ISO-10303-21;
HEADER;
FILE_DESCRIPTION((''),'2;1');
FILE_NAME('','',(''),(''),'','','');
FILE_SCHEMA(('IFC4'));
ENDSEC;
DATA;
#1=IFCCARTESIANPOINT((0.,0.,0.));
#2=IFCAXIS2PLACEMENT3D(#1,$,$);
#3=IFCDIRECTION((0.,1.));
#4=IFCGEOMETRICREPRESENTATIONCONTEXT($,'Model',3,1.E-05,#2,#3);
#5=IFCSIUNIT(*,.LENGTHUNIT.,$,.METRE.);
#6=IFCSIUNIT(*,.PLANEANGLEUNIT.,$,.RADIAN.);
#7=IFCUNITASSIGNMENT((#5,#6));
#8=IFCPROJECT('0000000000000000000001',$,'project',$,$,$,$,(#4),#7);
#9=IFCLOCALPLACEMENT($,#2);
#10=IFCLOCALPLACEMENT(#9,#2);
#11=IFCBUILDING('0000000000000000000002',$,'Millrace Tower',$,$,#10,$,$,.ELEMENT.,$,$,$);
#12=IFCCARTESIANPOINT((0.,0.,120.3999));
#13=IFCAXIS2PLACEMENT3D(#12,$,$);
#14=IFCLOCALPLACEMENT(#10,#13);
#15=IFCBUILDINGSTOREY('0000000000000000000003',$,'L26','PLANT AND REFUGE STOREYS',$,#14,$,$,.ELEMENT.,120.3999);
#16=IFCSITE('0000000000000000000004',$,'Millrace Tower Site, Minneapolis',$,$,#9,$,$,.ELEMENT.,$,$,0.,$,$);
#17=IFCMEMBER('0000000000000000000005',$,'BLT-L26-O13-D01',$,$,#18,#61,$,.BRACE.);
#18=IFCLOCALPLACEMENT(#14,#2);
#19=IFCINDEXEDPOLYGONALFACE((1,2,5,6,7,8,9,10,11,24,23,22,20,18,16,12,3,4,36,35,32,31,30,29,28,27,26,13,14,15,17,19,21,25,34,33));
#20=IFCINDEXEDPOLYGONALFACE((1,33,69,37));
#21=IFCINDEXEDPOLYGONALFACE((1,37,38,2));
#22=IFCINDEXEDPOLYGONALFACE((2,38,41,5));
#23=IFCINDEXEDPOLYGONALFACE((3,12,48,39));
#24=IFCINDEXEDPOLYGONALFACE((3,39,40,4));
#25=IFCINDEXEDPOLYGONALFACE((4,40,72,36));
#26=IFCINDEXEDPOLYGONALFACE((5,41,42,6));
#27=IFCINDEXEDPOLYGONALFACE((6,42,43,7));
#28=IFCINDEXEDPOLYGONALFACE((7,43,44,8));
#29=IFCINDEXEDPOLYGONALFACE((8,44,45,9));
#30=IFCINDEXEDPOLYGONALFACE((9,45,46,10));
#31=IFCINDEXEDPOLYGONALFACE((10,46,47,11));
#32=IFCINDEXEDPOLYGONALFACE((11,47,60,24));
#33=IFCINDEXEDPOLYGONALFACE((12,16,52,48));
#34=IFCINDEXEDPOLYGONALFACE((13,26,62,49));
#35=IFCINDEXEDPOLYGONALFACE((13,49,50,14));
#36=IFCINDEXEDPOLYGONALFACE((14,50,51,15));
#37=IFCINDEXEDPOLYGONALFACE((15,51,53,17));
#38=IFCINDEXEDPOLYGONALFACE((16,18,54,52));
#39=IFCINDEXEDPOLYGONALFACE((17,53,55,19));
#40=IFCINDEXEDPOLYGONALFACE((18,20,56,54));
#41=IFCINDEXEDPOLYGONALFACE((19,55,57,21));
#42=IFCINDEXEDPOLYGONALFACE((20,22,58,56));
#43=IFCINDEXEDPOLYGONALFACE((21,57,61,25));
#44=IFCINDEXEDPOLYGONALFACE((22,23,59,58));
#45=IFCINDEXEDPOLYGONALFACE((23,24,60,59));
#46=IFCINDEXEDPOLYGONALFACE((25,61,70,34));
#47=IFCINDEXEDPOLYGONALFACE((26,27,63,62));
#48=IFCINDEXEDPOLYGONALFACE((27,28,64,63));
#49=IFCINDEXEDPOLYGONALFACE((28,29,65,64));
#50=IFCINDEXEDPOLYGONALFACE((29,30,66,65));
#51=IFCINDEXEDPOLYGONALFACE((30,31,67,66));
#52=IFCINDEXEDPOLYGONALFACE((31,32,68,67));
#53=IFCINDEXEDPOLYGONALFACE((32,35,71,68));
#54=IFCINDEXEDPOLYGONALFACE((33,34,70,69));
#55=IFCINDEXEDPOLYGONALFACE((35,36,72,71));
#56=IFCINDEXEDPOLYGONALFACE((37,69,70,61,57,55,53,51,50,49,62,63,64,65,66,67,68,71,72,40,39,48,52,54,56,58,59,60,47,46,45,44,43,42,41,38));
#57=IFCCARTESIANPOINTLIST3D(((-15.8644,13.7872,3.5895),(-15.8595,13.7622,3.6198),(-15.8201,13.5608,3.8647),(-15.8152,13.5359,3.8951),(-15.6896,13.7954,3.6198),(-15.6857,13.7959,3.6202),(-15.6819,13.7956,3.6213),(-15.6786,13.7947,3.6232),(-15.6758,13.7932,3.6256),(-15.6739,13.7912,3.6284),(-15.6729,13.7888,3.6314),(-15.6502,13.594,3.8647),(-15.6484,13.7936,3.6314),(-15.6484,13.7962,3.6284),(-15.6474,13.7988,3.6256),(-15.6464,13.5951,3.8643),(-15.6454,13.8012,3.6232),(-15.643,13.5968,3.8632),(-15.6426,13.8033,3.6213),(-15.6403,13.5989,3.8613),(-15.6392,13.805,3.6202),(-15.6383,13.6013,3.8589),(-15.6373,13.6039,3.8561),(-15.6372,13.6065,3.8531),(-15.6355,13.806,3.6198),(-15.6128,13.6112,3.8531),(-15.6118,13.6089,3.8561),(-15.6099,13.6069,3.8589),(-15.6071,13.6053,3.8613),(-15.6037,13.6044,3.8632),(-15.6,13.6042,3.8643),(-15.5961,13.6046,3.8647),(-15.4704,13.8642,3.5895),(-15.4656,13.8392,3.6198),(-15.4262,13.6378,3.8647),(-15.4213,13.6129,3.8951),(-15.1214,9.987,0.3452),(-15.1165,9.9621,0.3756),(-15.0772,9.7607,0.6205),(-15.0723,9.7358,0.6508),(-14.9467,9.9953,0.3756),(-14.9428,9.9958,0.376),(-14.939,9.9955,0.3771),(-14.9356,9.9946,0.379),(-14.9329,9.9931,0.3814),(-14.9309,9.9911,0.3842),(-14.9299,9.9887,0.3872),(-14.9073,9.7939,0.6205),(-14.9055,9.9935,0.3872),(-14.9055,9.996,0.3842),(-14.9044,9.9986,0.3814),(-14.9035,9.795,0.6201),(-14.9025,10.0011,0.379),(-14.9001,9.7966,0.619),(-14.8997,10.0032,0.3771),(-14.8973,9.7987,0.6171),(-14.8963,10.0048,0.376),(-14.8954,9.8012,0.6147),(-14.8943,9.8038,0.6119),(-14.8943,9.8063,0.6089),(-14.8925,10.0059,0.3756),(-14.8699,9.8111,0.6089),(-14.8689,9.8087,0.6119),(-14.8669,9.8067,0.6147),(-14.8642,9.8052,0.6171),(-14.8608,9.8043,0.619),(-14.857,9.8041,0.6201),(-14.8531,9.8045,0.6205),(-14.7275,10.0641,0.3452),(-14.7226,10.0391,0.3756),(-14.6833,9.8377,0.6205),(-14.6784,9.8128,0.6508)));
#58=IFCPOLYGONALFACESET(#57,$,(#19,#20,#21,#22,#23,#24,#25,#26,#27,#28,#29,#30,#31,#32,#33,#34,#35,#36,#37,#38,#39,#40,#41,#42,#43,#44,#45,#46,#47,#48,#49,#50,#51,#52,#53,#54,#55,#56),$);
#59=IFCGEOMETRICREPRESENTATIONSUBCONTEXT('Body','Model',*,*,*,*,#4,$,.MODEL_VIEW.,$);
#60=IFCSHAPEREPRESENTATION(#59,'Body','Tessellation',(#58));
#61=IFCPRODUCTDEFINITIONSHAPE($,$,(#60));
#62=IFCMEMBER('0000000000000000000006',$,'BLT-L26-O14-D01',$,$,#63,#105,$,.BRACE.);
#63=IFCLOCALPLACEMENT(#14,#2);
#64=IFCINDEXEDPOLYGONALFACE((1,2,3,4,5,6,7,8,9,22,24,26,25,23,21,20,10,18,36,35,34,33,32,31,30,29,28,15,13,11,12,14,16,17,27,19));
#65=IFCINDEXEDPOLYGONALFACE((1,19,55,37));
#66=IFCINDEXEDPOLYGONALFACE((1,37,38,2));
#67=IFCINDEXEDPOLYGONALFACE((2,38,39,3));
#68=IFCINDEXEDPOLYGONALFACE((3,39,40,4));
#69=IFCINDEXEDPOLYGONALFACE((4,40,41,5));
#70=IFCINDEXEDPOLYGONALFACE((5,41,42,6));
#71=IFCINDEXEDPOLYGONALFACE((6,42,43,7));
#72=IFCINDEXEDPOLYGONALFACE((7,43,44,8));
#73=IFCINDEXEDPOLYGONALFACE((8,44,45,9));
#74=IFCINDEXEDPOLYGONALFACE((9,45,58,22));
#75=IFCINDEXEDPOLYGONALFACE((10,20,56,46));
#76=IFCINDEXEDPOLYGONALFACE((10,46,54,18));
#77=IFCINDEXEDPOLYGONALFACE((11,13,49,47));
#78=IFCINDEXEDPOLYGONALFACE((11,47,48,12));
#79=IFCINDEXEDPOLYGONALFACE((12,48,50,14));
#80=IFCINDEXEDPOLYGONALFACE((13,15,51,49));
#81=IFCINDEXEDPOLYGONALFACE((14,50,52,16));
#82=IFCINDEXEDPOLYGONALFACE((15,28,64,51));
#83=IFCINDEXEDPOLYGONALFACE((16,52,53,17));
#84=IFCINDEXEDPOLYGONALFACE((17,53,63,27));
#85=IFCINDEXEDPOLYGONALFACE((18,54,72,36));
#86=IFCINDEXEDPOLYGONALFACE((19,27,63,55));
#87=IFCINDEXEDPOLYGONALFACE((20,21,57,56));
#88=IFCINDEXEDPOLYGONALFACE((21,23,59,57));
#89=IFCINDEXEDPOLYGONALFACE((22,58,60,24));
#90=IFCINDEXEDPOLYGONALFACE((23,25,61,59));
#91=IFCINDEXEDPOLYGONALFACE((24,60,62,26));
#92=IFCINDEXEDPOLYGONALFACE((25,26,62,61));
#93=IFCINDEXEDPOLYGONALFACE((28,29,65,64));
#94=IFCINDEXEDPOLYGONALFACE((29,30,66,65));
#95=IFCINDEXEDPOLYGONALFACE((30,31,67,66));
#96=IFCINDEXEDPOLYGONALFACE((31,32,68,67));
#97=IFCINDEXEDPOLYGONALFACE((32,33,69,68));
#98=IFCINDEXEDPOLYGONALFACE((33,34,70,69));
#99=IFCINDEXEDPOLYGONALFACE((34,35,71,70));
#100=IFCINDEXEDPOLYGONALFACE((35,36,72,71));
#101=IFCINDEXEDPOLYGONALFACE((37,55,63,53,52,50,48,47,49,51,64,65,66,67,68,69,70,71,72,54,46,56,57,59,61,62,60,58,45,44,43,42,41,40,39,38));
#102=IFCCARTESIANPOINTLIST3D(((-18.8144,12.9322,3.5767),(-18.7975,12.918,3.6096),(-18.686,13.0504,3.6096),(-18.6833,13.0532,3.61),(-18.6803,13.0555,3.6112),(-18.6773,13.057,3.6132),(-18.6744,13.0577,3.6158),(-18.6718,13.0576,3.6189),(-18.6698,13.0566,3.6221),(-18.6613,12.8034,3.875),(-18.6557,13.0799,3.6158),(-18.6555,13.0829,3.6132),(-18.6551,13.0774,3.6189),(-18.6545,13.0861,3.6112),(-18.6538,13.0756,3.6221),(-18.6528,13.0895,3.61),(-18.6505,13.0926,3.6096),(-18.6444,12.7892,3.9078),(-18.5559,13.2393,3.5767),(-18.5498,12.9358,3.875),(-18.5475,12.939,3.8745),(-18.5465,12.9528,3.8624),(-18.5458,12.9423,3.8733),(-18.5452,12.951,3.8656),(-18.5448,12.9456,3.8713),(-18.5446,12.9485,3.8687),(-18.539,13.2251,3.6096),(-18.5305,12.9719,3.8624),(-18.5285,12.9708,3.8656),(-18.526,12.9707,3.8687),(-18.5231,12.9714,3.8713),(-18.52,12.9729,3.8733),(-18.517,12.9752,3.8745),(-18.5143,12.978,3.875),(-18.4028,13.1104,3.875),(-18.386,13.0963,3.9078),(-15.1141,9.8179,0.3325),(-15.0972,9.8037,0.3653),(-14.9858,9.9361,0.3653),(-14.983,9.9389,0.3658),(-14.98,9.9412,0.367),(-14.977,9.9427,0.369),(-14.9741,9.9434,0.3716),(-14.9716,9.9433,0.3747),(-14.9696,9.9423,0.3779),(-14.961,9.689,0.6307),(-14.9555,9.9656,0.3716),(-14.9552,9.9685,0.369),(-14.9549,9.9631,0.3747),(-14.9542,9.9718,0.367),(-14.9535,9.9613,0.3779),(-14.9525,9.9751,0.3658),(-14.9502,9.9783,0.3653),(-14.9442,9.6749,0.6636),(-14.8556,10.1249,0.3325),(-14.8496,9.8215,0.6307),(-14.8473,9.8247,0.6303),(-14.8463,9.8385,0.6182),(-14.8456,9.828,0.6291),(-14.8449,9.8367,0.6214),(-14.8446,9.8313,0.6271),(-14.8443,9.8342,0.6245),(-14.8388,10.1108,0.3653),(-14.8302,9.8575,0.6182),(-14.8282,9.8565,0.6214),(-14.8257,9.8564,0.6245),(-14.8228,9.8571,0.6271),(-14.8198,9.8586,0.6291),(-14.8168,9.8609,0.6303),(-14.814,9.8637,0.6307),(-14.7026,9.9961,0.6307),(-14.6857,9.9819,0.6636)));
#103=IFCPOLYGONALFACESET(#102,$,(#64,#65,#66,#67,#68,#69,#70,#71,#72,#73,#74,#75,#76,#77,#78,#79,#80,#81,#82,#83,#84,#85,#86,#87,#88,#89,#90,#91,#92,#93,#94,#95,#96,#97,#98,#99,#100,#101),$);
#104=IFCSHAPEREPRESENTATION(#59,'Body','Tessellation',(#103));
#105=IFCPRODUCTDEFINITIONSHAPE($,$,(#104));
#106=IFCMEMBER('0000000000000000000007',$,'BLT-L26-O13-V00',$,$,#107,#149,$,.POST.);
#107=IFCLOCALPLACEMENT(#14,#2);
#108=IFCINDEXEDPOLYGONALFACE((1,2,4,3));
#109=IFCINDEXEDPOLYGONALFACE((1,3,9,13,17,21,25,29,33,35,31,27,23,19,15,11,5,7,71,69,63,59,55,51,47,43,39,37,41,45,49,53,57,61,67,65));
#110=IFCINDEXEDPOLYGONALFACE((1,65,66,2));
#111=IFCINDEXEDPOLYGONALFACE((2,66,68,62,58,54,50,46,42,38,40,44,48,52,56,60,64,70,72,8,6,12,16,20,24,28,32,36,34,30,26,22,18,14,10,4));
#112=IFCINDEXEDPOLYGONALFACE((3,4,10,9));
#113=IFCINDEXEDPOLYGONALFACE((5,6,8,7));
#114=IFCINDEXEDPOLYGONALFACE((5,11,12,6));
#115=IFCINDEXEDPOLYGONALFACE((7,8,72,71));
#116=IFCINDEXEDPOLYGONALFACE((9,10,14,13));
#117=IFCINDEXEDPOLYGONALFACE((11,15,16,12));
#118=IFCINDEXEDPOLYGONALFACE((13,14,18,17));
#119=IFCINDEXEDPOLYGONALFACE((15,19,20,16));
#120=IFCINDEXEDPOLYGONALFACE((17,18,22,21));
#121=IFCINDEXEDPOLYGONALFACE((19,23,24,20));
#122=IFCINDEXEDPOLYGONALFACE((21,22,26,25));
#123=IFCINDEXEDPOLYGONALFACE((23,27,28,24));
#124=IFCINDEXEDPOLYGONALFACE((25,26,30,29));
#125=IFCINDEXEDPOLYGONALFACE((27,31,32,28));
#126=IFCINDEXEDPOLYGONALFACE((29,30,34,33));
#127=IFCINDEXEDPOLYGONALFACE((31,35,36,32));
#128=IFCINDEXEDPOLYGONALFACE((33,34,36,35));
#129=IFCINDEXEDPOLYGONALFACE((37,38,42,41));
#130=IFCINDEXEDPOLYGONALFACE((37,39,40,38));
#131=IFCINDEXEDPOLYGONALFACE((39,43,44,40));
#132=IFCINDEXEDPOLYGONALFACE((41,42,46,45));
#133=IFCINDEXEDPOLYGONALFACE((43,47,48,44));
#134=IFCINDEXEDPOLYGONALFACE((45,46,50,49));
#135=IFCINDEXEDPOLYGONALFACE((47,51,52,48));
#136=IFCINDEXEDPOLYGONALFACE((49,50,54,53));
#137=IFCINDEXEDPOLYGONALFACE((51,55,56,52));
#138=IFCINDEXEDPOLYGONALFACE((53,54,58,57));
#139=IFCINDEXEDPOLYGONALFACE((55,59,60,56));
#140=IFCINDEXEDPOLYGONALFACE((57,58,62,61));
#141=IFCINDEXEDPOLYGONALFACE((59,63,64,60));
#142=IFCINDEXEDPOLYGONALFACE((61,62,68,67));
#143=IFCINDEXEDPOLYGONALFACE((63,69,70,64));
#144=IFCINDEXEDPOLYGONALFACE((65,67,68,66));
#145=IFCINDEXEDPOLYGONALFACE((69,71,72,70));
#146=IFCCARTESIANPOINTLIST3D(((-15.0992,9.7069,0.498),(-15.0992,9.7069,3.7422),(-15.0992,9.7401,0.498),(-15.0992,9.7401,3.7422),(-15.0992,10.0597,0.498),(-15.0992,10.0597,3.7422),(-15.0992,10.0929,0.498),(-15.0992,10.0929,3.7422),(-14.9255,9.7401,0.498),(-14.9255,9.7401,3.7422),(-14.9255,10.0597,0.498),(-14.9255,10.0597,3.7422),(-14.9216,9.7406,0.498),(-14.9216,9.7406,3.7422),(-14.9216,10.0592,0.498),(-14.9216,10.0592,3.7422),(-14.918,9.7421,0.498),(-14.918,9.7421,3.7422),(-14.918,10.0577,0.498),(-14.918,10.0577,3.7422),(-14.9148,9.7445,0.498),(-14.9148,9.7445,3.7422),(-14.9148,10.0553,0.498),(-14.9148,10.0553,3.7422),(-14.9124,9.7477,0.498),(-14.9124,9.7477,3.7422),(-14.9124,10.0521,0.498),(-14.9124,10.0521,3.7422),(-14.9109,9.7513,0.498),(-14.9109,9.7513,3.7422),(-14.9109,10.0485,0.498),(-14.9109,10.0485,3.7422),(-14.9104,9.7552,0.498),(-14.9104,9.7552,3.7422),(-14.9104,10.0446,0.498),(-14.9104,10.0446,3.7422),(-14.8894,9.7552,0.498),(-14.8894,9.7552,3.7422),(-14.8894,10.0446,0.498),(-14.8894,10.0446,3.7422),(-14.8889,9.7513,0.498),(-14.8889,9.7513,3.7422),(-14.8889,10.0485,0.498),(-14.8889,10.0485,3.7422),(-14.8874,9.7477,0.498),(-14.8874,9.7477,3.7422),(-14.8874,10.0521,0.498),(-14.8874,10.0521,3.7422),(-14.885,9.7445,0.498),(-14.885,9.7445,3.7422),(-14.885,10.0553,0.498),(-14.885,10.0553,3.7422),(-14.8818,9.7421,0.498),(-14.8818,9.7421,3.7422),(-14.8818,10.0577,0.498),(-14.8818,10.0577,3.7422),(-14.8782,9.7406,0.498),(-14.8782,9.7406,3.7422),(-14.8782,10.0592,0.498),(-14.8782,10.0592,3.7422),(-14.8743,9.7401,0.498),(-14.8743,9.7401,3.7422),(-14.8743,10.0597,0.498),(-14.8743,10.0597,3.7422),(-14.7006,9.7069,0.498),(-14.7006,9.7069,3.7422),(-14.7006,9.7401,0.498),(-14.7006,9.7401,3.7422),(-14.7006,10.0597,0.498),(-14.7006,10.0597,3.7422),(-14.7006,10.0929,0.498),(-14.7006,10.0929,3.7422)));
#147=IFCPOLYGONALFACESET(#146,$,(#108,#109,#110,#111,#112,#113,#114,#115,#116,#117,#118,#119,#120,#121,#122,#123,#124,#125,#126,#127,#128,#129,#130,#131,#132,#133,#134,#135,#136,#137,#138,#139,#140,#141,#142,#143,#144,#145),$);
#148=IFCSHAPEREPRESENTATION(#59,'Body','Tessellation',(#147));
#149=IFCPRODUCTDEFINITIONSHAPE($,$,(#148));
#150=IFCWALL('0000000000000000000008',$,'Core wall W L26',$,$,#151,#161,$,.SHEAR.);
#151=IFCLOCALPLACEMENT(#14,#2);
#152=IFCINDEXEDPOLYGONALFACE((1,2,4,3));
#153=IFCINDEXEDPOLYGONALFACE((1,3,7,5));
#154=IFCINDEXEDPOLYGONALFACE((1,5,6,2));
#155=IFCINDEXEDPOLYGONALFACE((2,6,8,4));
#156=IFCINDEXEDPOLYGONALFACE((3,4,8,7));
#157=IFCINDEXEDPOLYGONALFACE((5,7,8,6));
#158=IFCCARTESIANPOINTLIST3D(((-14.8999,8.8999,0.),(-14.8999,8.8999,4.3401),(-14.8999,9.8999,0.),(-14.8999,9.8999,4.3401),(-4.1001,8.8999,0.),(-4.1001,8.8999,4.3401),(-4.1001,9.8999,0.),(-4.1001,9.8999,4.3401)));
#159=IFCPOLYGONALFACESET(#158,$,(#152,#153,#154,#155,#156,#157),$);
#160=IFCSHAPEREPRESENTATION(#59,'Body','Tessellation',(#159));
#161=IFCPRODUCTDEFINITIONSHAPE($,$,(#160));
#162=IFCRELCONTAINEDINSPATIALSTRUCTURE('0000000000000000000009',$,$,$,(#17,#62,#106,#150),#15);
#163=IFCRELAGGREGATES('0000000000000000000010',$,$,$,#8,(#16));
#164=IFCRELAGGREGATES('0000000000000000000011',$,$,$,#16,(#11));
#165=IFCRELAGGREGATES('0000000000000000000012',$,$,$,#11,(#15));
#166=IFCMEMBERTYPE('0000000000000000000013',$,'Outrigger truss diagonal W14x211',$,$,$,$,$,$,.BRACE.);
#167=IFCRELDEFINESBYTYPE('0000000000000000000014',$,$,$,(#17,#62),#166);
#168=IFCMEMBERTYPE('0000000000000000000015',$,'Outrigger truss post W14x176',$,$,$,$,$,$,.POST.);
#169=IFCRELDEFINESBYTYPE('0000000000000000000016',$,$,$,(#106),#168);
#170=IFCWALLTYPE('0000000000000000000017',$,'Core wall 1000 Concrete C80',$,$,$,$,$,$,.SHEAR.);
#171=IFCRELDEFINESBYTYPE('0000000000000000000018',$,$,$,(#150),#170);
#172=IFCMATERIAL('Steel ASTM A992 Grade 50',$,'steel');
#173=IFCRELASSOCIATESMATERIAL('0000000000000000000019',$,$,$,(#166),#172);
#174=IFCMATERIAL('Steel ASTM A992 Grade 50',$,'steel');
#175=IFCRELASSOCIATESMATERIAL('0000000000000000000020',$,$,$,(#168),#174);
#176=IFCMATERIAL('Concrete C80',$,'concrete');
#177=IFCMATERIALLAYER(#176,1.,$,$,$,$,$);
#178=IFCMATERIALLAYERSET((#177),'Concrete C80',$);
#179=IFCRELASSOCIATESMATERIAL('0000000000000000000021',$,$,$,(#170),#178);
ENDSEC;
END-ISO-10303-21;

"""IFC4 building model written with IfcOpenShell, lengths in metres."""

from ifc_helpers import new_model, si_unit, direction, frame, frame_2d, origin, origin_2d, place, context, subcontext, project, spatial, rectangle, i_section, extrude, material, layer, layer_set, material_profile, profile_set, type_object, element, save


model = new_model("IFC4")

# Units and contexts
model_context = context("Model", 3, precision=1e-05, world=origin(), true_north=direction((0.0, 1.0)))
body_context = subcontext(model_context, "Body", "Model", "MODEL_VIEW")
ifc_project = project(units=[si_unit("LENGTHUNIT", "METRE"), si_unit("PLANEANGLEUNIT", "RADIAN")], contexts=[model_context])

# Site, building, storey
site_placement = place(None, origin())
site = spatial("IfcSite", under=ifc_project, at=site_placement, Name="Millrace Tower Site, Minneapolis", CompositionType="ELEMENT", RefElevation=0.0)
building_placement = place(site_placement, origin())
building = spatial("IfcBuilding", under=site, at=building_placement, Name="Millrace Tower", CompositionType="ELEMENT")
storey_placement = place(building_placement, frame((0.0, 0.0, 120.3999)))
storey = spatial("IfcBuildingStorey", under=building, at=storey_placement, Name="L26", Description="PLANT AND REFUGE STOREYS", CompositionType="ELEMENT", Elevation=120.3999)

# Members
ifc_material_1 = material(Name="Steel ASTM A992 Grade 50", Category="steel")
ifc_material_profile_1 = material_profile(ifc_material_1, i_section(OverallWidth=0.4014, OverallDepth=0.3987, WebThickness=0.0249, FlangeThickness=0.0396, FilletRadius=0.0151, at=origin_2d()))
ifc_profile_set_1 = profile_set([ifc_material_profile_1], Name="Steel ASTM A992 Grade 50")
member_type_1 = type_object("IfcMemberType", Name="Outrigger truss diagonal W14x211", PredefinedType="BRACE", material=ifc_profile_set_1)
member_1_placement = place(storey_placement, frame((-14.8999, 9.8999, 0.498), z_axis=(-0.147072, 0.752275, 0.642225), x_axis=(-0.98142, -0.19187, 0.0)))
element("IfcMember", 1, at=member_1_placement, inside=storey, type_object=member_type_1, Name="BLT-L26-O13-D01", PredefinedType="BRACE", context=body_context, shape_type="SweptSolid", body=[
    extrude(i_section(OverallWidth=0.4014, OverallDepth=0.3987, WebThickness=0.0249, FlangeThickness=0.0396, FilletRadius=0.0151, at=origin_2d()), origin(), (0.0, 0.0, 1.0), 5.0515),
])
member_2_placement = place(storey_placement, frame((-14.8999, 9.8999, 0.498), z_axis=(-0.635378, 0.534764, 0.557066), x_axis=(-0.643931, -0.765084, 0.0)))
element("IfcMember", 2, at=member_2_placement, inside=storey, type_object=member_type_1, Name="BLT-L26-O14-D01", PredefinedType="BRACE", context=body_context, shape_type="SweptSolid", body=[
    extrude(i_section(OverallWidth=0.4014, OverallDepth=0.3987, WebThickness=0.0249, FlangeThickness=0.0396, FilletRadius=0.0151, at=origin_2d()), origin(), (0.0, 0.0, 1.0), 5.8237),
])
ifc_material_2 = material(Name="Steel ASTM A992 Grade 50", Category="steel")
ifc_material_profile_2 = material_profile(ifc_material_2, i_section(OverallWidth=0.3987, OverallDepth=0.386, WebThickness=0.021, FlangeThickness=0.0332, FilletRadius=0.0151, at=origin_2d()))
ifc_profile_set_2 = profile_set([ifc_material_profile_2], Name="Steel ASTM A992 Grade 50")
member_type_2 = type_object("IfcMemberType", Name="Outrigger truss post W14x176", PredefinedType="POST", material=ifc_profile_set_2)
member_3_placement = place(storey_placement, frame((-14.8999, 9.8999, 0.498), z_axis=(0.0, 0.0, 1.0), x_axis=(1.0, 0.0, 0.0)))
element("IfcMember", 3, at=member_3_placement, inside=storey, type_object=member_type_2, Name="BLT-L26-O13-V00", PredefinedType="POST", context=body_context, shape_type="SweptSolid", body=[
    extrude(i_section(OverallWidth=0.3987, OverallDepth=0.386, WebThickness=0.021, FlangeThickness=0.0332, FilletRadius=0.0151, at=origin_2d()), origin(), (0.0, 0.0, 1.0), 3.2441),
])

# Wall
ifc_material_3 = material(Name="Concrete C80", Category="concrete")
ifc_layer_1 = layer(ifc_material_3, 1.0)
ifc_layer_set_1 = layer_set([ifc_layer_1], Name="Concrete C80")
wall_type_1 = type_object("IfcWallType", Name="Core wall 1000 Concrete C80", PredefinedType="SHEAR", material=ifc_layer_set_1)
wall_1_placement = place(storey_placement, frame((-14.8999, 9.3999, 0.0), z_axis=(0.0, 0.0, 1.0), x_axis=(1.0, 0.0, 0.0)))
element("IfcWall", 4, at=wall_1_placement, inside=storey, type_object=wall_type_1, Name="Core wall W L26", PredefinedType="SHEAR", context=body_context, shape_type="SweptSolid", body=[
    extrude(rectangle(XDim=10.7998, YDim=1.0, at=frame_2d((5.3999, 0.0))), origin(), (0.0, 0.0, 1.0), 4.3401),
])

save(model, "model.ifc")
